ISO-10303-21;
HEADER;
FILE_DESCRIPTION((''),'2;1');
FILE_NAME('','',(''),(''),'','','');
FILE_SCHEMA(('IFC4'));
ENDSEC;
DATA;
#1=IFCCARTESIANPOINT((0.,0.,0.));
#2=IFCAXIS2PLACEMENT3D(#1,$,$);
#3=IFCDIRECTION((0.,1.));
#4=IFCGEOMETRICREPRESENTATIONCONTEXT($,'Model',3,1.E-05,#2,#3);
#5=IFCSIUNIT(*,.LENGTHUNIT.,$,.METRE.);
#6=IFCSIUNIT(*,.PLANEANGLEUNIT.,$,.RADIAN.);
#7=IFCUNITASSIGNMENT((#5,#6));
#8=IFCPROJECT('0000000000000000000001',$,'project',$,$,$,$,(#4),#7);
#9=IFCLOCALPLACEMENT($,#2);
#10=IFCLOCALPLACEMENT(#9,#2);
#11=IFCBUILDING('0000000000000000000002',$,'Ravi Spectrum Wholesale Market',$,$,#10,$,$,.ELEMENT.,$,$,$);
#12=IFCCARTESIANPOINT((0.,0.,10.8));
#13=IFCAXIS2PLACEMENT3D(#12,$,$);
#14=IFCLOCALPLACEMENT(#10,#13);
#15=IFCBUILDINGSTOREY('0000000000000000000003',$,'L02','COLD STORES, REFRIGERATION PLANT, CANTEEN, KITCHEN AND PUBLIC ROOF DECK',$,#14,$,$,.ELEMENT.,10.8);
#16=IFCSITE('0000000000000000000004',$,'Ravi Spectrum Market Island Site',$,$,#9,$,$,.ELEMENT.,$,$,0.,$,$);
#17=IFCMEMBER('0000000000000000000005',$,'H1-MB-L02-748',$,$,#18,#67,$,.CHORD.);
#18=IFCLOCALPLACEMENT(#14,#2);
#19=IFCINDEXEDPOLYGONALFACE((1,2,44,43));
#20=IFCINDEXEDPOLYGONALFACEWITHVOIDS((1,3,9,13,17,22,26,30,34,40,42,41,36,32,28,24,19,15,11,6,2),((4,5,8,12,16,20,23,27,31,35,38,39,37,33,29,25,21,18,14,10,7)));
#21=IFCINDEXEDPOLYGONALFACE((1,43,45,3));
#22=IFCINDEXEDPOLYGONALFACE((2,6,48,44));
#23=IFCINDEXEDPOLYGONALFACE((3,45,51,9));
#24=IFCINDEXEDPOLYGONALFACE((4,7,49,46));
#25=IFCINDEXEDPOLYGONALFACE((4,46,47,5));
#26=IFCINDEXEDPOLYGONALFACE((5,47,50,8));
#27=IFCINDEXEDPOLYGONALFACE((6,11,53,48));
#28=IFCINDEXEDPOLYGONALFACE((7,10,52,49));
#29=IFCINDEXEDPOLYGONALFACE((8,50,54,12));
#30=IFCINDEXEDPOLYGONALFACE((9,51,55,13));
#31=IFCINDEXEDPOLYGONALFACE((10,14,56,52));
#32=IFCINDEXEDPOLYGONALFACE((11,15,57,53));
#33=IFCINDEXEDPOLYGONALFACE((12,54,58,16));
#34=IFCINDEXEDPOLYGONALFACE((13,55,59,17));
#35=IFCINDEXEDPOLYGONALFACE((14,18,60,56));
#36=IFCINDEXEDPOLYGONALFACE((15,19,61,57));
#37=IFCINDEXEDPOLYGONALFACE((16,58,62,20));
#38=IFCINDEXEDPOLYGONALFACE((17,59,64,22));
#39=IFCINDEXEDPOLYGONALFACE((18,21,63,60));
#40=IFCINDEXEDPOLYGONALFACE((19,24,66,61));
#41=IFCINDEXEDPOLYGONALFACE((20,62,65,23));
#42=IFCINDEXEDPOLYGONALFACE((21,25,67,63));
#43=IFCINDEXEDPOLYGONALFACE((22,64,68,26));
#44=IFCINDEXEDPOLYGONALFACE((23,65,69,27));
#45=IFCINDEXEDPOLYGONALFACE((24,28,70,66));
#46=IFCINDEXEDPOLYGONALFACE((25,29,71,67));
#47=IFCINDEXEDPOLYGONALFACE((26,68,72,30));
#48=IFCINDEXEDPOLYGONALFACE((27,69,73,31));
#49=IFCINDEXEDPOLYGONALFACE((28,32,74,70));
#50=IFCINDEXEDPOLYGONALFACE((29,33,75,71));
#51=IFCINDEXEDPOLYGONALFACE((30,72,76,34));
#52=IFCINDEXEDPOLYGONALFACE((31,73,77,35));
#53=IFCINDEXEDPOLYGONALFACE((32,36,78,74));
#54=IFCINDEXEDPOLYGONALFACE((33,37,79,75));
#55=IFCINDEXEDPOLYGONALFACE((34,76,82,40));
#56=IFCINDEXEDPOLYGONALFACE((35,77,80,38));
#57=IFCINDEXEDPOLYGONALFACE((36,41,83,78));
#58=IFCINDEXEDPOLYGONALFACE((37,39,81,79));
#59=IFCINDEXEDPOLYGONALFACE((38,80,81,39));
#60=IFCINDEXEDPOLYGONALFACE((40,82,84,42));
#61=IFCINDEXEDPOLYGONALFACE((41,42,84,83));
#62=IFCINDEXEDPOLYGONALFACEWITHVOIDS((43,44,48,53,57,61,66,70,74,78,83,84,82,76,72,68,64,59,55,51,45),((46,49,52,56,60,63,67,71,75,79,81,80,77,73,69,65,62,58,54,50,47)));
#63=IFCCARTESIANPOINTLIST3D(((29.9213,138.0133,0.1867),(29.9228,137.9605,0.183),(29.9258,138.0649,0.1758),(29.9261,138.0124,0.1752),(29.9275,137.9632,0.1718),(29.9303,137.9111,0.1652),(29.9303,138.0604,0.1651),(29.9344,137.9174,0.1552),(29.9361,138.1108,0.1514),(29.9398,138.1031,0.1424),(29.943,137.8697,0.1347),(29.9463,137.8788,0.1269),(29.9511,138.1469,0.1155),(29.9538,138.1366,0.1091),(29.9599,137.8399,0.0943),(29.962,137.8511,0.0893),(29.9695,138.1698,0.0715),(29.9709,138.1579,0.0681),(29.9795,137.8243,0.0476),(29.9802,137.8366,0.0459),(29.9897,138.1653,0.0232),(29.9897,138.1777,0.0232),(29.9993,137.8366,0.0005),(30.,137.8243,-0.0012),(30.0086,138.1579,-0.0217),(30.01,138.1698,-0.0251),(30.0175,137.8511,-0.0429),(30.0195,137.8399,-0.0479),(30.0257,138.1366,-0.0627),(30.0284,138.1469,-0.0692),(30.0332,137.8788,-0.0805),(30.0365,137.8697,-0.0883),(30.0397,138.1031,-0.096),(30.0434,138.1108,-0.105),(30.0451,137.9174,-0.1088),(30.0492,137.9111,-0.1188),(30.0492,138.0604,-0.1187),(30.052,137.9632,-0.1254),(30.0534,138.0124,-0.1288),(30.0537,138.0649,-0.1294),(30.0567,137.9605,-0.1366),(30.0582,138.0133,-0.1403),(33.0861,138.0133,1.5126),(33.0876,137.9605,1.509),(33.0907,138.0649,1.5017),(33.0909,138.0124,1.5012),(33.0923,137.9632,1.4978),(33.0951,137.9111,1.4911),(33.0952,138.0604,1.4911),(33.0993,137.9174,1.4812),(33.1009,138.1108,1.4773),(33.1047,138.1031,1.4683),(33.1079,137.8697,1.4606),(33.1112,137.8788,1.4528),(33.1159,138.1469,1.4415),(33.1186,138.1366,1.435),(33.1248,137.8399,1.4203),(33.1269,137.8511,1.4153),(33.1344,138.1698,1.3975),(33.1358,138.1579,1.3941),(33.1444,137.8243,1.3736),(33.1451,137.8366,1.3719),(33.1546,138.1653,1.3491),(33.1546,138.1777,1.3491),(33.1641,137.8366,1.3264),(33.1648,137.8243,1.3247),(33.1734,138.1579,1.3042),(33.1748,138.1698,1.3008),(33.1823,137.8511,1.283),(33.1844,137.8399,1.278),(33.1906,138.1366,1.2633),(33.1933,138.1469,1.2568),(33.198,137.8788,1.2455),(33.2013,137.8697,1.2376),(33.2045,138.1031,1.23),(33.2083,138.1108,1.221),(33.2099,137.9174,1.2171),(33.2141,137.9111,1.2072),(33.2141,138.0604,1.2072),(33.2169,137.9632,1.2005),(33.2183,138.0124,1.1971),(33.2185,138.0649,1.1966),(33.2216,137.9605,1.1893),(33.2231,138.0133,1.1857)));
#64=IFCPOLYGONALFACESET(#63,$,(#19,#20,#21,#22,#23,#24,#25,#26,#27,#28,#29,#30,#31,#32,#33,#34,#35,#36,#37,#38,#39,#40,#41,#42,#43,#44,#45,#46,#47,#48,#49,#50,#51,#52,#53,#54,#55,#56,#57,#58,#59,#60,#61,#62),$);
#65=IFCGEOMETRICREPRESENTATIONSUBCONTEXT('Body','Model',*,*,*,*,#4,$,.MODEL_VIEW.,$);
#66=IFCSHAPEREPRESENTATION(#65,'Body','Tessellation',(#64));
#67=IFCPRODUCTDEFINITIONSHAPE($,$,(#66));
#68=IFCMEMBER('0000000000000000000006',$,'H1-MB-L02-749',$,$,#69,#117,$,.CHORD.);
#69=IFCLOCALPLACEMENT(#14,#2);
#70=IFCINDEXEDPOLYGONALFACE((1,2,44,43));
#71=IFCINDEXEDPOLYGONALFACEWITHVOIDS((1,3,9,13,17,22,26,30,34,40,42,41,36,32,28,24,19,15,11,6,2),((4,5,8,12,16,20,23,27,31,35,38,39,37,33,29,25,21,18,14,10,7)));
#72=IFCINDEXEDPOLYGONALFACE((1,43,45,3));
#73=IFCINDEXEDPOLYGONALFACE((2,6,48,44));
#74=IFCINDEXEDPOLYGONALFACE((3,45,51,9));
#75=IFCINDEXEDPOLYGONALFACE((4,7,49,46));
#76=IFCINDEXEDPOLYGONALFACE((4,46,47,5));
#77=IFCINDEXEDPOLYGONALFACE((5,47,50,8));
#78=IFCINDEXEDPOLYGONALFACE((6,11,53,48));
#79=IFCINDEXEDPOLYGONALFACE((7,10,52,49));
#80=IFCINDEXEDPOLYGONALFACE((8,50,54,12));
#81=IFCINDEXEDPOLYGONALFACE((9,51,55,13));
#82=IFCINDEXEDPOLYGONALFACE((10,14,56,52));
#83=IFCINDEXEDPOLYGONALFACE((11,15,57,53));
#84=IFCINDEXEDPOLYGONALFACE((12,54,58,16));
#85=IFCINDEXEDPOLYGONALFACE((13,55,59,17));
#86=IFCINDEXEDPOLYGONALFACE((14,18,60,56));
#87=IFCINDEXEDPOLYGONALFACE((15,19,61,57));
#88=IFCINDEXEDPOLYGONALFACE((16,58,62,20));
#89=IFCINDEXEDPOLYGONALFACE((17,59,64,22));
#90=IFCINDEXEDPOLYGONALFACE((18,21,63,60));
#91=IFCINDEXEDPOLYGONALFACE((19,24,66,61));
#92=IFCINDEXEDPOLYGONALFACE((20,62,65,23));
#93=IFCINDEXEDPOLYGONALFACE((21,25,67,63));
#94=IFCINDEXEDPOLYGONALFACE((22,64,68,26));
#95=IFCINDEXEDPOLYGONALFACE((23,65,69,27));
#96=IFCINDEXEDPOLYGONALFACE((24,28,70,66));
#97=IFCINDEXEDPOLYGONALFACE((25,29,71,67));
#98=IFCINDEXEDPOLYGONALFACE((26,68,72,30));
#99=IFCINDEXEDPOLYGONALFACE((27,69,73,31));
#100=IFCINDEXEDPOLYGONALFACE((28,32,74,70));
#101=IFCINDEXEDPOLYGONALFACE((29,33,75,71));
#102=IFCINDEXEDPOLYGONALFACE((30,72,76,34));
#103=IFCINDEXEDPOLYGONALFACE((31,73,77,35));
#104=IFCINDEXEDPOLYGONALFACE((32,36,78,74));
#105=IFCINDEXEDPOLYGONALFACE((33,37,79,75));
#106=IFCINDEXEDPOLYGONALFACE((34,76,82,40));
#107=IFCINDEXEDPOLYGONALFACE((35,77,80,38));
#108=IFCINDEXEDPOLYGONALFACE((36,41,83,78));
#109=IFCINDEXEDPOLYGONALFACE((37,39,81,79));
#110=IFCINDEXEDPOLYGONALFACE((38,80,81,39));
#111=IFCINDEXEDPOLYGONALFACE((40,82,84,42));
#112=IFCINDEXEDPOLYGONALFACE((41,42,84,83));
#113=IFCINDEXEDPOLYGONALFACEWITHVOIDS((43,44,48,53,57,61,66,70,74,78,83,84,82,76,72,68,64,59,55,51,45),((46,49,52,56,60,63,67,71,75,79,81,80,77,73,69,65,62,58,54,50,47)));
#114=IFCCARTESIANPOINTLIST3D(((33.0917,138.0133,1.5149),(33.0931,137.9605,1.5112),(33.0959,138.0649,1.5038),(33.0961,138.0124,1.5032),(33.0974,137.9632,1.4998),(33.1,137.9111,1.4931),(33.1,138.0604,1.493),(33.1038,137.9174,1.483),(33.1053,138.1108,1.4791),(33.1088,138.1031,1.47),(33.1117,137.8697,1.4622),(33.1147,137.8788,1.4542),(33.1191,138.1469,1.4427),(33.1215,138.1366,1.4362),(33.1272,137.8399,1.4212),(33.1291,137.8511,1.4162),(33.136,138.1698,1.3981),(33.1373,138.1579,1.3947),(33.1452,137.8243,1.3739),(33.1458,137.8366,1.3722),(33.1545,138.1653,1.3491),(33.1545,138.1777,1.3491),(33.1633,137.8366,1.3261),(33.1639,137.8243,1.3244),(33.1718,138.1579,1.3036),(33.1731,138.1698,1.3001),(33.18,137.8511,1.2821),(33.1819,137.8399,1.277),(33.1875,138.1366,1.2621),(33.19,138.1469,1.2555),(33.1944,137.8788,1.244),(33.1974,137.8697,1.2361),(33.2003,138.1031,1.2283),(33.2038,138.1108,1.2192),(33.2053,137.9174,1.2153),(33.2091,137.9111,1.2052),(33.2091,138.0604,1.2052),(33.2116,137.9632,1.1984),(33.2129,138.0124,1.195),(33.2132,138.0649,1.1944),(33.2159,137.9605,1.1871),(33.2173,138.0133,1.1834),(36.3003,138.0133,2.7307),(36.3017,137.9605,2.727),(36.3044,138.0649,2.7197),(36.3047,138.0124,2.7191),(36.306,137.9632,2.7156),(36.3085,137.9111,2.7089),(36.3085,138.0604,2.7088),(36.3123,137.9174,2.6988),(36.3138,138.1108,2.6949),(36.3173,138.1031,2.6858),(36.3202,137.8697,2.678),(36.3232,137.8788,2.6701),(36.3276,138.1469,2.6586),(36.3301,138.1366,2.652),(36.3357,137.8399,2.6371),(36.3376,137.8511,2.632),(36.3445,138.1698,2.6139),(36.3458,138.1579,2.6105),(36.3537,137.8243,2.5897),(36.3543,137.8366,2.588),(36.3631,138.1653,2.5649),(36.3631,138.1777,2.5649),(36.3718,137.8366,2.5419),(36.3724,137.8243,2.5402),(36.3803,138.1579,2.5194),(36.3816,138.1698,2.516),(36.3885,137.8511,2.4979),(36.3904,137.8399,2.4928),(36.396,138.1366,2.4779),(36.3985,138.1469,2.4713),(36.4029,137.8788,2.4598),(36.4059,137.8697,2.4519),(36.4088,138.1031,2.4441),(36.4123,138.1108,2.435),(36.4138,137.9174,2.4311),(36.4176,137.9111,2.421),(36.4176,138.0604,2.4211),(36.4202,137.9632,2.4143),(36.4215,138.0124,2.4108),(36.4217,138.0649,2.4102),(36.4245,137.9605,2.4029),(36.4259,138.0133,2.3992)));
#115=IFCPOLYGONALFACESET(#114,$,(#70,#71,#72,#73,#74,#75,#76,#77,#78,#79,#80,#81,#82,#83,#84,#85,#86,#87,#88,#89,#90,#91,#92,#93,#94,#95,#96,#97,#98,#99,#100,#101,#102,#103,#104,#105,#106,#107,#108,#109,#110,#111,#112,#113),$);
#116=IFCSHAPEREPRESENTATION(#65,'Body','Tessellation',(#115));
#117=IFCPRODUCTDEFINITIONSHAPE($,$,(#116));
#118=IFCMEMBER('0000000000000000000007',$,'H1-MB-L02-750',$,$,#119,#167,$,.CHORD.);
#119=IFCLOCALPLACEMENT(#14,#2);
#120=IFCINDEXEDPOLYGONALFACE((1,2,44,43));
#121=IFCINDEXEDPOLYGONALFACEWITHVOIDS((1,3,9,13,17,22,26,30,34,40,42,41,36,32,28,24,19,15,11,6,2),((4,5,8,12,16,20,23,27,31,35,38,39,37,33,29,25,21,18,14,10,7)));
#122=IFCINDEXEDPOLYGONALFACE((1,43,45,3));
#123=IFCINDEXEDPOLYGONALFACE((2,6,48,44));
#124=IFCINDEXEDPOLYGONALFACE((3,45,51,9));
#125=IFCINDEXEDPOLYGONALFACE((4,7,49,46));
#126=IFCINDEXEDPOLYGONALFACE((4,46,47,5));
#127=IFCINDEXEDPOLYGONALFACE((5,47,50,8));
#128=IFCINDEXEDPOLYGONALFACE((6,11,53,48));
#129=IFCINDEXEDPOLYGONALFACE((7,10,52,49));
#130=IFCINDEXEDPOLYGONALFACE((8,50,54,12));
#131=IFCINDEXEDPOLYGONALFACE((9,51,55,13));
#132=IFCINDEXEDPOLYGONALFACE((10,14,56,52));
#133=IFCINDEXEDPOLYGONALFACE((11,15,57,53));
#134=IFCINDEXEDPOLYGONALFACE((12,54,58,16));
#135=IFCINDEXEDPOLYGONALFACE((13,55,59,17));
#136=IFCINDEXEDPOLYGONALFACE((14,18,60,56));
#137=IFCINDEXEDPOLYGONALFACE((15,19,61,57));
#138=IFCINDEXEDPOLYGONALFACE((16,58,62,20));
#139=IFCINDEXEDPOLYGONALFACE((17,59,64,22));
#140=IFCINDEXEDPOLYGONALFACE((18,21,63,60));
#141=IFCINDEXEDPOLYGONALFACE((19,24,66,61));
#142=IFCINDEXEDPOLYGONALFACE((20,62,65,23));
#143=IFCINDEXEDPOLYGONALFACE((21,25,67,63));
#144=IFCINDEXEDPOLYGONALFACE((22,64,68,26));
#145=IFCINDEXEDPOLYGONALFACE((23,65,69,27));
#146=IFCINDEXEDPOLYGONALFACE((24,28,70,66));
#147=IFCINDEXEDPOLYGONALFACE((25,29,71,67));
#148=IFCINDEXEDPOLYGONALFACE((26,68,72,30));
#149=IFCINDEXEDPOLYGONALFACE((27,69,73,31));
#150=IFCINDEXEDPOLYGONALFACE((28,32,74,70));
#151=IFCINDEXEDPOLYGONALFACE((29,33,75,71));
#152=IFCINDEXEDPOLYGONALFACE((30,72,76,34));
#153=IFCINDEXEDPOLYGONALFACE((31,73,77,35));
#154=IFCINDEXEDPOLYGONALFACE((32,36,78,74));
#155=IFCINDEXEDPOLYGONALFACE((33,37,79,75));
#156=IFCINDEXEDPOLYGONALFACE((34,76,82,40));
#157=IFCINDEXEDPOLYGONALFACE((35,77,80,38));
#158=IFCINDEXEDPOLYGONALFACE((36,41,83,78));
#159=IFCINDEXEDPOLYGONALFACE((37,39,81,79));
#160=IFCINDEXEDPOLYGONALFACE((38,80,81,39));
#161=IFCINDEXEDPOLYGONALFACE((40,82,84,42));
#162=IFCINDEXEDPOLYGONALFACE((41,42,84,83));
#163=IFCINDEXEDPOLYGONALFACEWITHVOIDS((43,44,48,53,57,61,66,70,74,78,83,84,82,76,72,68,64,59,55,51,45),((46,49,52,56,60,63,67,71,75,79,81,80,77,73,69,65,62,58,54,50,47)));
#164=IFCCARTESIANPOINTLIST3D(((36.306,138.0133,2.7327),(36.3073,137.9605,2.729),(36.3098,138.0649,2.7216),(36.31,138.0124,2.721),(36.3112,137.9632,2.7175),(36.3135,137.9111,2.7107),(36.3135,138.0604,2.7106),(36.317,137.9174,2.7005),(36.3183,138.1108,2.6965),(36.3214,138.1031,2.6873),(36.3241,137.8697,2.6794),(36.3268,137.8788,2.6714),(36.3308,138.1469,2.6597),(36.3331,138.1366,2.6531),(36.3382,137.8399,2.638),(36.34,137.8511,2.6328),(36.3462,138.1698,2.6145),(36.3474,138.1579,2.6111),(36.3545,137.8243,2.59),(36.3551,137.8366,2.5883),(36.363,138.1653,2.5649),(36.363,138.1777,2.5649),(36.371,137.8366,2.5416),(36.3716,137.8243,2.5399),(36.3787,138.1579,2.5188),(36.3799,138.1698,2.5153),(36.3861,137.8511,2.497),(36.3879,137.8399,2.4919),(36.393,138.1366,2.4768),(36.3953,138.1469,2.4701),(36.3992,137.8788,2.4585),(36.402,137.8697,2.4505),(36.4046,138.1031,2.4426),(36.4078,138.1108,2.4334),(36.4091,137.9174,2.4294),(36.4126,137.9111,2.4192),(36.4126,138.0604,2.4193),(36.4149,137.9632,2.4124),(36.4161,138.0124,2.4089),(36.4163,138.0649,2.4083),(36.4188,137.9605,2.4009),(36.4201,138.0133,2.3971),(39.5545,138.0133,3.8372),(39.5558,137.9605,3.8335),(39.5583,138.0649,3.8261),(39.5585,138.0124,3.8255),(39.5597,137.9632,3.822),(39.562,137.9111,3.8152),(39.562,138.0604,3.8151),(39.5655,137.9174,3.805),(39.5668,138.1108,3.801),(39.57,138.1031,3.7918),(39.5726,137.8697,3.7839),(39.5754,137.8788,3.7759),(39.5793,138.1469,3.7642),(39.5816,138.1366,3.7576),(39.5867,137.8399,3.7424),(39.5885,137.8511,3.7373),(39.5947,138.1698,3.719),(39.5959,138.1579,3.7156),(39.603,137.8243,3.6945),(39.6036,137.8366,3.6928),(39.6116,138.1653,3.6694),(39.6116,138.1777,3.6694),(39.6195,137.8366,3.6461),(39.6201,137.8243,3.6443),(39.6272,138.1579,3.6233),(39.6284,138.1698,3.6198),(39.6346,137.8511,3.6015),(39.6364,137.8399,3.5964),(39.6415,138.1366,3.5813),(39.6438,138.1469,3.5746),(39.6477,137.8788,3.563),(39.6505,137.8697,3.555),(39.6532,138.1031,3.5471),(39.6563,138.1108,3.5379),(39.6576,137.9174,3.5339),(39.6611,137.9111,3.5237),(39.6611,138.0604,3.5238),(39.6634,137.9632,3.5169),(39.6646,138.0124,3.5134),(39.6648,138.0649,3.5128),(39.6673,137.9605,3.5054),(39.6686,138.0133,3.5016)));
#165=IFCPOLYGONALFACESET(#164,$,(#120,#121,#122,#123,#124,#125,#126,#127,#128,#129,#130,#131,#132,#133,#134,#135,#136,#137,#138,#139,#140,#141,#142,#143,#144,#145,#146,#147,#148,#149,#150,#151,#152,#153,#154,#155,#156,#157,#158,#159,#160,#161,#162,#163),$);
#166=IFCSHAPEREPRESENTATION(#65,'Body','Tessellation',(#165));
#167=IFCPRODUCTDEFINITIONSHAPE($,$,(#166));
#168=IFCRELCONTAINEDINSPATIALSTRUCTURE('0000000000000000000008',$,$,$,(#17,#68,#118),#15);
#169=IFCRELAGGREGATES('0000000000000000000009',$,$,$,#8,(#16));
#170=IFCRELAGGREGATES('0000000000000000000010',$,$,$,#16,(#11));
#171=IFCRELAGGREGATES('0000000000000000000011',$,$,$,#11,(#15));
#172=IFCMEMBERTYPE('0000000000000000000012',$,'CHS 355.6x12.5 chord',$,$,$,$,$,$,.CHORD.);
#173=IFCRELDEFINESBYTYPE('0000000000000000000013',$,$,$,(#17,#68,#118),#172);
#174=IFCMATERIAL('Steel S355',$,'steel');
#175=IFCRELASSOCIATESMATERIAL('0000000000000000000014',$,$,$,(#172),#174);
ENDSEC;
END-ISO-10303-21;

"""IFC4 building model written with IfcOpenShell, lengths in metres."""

from ifc_helpers import new_model, si_unit, direction, frame, origin, origin_2d, place, context, subcontext, project, spatial, hollow_circle, extrude, material, material_profile, profile_set, type_object, element, save


model = new_model("IFC4")

# Units and contexts
model_context = context("Model", 3, precision=1e-05, world=origin(), true_north=direction((0.0, 1.0)))
body_context = subcontext(model_context, "Body", "Model", "MODEL_VIEW")
ifc_project = project(units=[si_unit("LENGTHUNIT", "METRE"), si_unit("PLANEANGLEUNIT", "RADIAN")], contexts=[model_context])

# Site, building, storey
site_placement = place(None, origin())
site = spatial("IfcSite", under=ifc_project, at=site_placement, Name="Ravi Spectrum Market Island Site", CompositionType="ELEMENT", RefElevation=0.0)
building_placement = place(site_placement, origin())
building = spatial("IfcBuilding", under=site, at=building_placement, Name="Ravi Spectrum Wholesale Market", CompositionType="ELEMENT")
storey_placement = place(building_placement, frame((0.0, 0.0, 10.8)))
storey = spatial("IfcBuildingStorey", under=building, at=storey_placement, Name="L02", Description="COLD STORES, REFRIGERATION PLANT, CANTEEN, KITCHEN AND PUBLIC ROOF DECK", CompositionType="ELEMENT", Elevation=10.8)

# Members
ifc_material_1 = material(Name="Steel S355", Category="steel")
ifc_material_profile_1 = material_profile(ifc_material_1, hollow_circle(Radius=0.1777, WallThickness=0.0125, at=origin_2d()))
ifc_profile_set_1 = profile_set([ifc_material_profile_1], Name="Steel S355")
member_type_1 = type_object("IfcMemberType", Name="CHS 355.6x12.5 chord", PredefinedType="CHORD", material=ifc_profile_set_1)
member_1_placement = place(storey_placement, frame((29.9897, 138.0, 0.0232), z_axis=(0.922324, 0.0, 0.386418), x_axis=(0.0, 1.0, 0.0)))
element("IfcMember", 1, at=member_1_placement, inside=storey, type_object=member_type_1, Name="H1-MB-L02-748", PredefinedType="CHORD", context=body_context, shape_type="SweptSolid", body=[
    extrude(hollow_circle(Radius=0.1777, WallThickness=0.0125, at=origin_2d()), origin(), (0.0, 0.0, 1.0), 3.4314),
])
for number, where, z_axis, x_axis, name in (
    (2, (33.1545, 138.0, 1.3491), (0.935113, 0.0, 0.35435), (0.0, 1.0, 0.0), "H1-MB-L02-749"),
    (3, (36.363, 138.0, 2.5649), (0.946774, 0.0, 0.3219), (0.0, 1.0, 0.0), "H1-MB-L02-750"),
):
    element("IfcMember", number, at=place(storey_placement, frame(where, z_axis=z_axis, x_axis=x_axis)), inside=storey, type_object=member_type_1, Name=name, PredefinedType="CHORD", context=body_context, shape_type="SweptSolid", body=[
        extrude(hollow_circle(Radius=0.1777, WallThickness=0.0125, at=origin_2d()), origin(), (0.0, 0.0, 1.0), 3.4312),
    ])

save(model, "model.ifc")
